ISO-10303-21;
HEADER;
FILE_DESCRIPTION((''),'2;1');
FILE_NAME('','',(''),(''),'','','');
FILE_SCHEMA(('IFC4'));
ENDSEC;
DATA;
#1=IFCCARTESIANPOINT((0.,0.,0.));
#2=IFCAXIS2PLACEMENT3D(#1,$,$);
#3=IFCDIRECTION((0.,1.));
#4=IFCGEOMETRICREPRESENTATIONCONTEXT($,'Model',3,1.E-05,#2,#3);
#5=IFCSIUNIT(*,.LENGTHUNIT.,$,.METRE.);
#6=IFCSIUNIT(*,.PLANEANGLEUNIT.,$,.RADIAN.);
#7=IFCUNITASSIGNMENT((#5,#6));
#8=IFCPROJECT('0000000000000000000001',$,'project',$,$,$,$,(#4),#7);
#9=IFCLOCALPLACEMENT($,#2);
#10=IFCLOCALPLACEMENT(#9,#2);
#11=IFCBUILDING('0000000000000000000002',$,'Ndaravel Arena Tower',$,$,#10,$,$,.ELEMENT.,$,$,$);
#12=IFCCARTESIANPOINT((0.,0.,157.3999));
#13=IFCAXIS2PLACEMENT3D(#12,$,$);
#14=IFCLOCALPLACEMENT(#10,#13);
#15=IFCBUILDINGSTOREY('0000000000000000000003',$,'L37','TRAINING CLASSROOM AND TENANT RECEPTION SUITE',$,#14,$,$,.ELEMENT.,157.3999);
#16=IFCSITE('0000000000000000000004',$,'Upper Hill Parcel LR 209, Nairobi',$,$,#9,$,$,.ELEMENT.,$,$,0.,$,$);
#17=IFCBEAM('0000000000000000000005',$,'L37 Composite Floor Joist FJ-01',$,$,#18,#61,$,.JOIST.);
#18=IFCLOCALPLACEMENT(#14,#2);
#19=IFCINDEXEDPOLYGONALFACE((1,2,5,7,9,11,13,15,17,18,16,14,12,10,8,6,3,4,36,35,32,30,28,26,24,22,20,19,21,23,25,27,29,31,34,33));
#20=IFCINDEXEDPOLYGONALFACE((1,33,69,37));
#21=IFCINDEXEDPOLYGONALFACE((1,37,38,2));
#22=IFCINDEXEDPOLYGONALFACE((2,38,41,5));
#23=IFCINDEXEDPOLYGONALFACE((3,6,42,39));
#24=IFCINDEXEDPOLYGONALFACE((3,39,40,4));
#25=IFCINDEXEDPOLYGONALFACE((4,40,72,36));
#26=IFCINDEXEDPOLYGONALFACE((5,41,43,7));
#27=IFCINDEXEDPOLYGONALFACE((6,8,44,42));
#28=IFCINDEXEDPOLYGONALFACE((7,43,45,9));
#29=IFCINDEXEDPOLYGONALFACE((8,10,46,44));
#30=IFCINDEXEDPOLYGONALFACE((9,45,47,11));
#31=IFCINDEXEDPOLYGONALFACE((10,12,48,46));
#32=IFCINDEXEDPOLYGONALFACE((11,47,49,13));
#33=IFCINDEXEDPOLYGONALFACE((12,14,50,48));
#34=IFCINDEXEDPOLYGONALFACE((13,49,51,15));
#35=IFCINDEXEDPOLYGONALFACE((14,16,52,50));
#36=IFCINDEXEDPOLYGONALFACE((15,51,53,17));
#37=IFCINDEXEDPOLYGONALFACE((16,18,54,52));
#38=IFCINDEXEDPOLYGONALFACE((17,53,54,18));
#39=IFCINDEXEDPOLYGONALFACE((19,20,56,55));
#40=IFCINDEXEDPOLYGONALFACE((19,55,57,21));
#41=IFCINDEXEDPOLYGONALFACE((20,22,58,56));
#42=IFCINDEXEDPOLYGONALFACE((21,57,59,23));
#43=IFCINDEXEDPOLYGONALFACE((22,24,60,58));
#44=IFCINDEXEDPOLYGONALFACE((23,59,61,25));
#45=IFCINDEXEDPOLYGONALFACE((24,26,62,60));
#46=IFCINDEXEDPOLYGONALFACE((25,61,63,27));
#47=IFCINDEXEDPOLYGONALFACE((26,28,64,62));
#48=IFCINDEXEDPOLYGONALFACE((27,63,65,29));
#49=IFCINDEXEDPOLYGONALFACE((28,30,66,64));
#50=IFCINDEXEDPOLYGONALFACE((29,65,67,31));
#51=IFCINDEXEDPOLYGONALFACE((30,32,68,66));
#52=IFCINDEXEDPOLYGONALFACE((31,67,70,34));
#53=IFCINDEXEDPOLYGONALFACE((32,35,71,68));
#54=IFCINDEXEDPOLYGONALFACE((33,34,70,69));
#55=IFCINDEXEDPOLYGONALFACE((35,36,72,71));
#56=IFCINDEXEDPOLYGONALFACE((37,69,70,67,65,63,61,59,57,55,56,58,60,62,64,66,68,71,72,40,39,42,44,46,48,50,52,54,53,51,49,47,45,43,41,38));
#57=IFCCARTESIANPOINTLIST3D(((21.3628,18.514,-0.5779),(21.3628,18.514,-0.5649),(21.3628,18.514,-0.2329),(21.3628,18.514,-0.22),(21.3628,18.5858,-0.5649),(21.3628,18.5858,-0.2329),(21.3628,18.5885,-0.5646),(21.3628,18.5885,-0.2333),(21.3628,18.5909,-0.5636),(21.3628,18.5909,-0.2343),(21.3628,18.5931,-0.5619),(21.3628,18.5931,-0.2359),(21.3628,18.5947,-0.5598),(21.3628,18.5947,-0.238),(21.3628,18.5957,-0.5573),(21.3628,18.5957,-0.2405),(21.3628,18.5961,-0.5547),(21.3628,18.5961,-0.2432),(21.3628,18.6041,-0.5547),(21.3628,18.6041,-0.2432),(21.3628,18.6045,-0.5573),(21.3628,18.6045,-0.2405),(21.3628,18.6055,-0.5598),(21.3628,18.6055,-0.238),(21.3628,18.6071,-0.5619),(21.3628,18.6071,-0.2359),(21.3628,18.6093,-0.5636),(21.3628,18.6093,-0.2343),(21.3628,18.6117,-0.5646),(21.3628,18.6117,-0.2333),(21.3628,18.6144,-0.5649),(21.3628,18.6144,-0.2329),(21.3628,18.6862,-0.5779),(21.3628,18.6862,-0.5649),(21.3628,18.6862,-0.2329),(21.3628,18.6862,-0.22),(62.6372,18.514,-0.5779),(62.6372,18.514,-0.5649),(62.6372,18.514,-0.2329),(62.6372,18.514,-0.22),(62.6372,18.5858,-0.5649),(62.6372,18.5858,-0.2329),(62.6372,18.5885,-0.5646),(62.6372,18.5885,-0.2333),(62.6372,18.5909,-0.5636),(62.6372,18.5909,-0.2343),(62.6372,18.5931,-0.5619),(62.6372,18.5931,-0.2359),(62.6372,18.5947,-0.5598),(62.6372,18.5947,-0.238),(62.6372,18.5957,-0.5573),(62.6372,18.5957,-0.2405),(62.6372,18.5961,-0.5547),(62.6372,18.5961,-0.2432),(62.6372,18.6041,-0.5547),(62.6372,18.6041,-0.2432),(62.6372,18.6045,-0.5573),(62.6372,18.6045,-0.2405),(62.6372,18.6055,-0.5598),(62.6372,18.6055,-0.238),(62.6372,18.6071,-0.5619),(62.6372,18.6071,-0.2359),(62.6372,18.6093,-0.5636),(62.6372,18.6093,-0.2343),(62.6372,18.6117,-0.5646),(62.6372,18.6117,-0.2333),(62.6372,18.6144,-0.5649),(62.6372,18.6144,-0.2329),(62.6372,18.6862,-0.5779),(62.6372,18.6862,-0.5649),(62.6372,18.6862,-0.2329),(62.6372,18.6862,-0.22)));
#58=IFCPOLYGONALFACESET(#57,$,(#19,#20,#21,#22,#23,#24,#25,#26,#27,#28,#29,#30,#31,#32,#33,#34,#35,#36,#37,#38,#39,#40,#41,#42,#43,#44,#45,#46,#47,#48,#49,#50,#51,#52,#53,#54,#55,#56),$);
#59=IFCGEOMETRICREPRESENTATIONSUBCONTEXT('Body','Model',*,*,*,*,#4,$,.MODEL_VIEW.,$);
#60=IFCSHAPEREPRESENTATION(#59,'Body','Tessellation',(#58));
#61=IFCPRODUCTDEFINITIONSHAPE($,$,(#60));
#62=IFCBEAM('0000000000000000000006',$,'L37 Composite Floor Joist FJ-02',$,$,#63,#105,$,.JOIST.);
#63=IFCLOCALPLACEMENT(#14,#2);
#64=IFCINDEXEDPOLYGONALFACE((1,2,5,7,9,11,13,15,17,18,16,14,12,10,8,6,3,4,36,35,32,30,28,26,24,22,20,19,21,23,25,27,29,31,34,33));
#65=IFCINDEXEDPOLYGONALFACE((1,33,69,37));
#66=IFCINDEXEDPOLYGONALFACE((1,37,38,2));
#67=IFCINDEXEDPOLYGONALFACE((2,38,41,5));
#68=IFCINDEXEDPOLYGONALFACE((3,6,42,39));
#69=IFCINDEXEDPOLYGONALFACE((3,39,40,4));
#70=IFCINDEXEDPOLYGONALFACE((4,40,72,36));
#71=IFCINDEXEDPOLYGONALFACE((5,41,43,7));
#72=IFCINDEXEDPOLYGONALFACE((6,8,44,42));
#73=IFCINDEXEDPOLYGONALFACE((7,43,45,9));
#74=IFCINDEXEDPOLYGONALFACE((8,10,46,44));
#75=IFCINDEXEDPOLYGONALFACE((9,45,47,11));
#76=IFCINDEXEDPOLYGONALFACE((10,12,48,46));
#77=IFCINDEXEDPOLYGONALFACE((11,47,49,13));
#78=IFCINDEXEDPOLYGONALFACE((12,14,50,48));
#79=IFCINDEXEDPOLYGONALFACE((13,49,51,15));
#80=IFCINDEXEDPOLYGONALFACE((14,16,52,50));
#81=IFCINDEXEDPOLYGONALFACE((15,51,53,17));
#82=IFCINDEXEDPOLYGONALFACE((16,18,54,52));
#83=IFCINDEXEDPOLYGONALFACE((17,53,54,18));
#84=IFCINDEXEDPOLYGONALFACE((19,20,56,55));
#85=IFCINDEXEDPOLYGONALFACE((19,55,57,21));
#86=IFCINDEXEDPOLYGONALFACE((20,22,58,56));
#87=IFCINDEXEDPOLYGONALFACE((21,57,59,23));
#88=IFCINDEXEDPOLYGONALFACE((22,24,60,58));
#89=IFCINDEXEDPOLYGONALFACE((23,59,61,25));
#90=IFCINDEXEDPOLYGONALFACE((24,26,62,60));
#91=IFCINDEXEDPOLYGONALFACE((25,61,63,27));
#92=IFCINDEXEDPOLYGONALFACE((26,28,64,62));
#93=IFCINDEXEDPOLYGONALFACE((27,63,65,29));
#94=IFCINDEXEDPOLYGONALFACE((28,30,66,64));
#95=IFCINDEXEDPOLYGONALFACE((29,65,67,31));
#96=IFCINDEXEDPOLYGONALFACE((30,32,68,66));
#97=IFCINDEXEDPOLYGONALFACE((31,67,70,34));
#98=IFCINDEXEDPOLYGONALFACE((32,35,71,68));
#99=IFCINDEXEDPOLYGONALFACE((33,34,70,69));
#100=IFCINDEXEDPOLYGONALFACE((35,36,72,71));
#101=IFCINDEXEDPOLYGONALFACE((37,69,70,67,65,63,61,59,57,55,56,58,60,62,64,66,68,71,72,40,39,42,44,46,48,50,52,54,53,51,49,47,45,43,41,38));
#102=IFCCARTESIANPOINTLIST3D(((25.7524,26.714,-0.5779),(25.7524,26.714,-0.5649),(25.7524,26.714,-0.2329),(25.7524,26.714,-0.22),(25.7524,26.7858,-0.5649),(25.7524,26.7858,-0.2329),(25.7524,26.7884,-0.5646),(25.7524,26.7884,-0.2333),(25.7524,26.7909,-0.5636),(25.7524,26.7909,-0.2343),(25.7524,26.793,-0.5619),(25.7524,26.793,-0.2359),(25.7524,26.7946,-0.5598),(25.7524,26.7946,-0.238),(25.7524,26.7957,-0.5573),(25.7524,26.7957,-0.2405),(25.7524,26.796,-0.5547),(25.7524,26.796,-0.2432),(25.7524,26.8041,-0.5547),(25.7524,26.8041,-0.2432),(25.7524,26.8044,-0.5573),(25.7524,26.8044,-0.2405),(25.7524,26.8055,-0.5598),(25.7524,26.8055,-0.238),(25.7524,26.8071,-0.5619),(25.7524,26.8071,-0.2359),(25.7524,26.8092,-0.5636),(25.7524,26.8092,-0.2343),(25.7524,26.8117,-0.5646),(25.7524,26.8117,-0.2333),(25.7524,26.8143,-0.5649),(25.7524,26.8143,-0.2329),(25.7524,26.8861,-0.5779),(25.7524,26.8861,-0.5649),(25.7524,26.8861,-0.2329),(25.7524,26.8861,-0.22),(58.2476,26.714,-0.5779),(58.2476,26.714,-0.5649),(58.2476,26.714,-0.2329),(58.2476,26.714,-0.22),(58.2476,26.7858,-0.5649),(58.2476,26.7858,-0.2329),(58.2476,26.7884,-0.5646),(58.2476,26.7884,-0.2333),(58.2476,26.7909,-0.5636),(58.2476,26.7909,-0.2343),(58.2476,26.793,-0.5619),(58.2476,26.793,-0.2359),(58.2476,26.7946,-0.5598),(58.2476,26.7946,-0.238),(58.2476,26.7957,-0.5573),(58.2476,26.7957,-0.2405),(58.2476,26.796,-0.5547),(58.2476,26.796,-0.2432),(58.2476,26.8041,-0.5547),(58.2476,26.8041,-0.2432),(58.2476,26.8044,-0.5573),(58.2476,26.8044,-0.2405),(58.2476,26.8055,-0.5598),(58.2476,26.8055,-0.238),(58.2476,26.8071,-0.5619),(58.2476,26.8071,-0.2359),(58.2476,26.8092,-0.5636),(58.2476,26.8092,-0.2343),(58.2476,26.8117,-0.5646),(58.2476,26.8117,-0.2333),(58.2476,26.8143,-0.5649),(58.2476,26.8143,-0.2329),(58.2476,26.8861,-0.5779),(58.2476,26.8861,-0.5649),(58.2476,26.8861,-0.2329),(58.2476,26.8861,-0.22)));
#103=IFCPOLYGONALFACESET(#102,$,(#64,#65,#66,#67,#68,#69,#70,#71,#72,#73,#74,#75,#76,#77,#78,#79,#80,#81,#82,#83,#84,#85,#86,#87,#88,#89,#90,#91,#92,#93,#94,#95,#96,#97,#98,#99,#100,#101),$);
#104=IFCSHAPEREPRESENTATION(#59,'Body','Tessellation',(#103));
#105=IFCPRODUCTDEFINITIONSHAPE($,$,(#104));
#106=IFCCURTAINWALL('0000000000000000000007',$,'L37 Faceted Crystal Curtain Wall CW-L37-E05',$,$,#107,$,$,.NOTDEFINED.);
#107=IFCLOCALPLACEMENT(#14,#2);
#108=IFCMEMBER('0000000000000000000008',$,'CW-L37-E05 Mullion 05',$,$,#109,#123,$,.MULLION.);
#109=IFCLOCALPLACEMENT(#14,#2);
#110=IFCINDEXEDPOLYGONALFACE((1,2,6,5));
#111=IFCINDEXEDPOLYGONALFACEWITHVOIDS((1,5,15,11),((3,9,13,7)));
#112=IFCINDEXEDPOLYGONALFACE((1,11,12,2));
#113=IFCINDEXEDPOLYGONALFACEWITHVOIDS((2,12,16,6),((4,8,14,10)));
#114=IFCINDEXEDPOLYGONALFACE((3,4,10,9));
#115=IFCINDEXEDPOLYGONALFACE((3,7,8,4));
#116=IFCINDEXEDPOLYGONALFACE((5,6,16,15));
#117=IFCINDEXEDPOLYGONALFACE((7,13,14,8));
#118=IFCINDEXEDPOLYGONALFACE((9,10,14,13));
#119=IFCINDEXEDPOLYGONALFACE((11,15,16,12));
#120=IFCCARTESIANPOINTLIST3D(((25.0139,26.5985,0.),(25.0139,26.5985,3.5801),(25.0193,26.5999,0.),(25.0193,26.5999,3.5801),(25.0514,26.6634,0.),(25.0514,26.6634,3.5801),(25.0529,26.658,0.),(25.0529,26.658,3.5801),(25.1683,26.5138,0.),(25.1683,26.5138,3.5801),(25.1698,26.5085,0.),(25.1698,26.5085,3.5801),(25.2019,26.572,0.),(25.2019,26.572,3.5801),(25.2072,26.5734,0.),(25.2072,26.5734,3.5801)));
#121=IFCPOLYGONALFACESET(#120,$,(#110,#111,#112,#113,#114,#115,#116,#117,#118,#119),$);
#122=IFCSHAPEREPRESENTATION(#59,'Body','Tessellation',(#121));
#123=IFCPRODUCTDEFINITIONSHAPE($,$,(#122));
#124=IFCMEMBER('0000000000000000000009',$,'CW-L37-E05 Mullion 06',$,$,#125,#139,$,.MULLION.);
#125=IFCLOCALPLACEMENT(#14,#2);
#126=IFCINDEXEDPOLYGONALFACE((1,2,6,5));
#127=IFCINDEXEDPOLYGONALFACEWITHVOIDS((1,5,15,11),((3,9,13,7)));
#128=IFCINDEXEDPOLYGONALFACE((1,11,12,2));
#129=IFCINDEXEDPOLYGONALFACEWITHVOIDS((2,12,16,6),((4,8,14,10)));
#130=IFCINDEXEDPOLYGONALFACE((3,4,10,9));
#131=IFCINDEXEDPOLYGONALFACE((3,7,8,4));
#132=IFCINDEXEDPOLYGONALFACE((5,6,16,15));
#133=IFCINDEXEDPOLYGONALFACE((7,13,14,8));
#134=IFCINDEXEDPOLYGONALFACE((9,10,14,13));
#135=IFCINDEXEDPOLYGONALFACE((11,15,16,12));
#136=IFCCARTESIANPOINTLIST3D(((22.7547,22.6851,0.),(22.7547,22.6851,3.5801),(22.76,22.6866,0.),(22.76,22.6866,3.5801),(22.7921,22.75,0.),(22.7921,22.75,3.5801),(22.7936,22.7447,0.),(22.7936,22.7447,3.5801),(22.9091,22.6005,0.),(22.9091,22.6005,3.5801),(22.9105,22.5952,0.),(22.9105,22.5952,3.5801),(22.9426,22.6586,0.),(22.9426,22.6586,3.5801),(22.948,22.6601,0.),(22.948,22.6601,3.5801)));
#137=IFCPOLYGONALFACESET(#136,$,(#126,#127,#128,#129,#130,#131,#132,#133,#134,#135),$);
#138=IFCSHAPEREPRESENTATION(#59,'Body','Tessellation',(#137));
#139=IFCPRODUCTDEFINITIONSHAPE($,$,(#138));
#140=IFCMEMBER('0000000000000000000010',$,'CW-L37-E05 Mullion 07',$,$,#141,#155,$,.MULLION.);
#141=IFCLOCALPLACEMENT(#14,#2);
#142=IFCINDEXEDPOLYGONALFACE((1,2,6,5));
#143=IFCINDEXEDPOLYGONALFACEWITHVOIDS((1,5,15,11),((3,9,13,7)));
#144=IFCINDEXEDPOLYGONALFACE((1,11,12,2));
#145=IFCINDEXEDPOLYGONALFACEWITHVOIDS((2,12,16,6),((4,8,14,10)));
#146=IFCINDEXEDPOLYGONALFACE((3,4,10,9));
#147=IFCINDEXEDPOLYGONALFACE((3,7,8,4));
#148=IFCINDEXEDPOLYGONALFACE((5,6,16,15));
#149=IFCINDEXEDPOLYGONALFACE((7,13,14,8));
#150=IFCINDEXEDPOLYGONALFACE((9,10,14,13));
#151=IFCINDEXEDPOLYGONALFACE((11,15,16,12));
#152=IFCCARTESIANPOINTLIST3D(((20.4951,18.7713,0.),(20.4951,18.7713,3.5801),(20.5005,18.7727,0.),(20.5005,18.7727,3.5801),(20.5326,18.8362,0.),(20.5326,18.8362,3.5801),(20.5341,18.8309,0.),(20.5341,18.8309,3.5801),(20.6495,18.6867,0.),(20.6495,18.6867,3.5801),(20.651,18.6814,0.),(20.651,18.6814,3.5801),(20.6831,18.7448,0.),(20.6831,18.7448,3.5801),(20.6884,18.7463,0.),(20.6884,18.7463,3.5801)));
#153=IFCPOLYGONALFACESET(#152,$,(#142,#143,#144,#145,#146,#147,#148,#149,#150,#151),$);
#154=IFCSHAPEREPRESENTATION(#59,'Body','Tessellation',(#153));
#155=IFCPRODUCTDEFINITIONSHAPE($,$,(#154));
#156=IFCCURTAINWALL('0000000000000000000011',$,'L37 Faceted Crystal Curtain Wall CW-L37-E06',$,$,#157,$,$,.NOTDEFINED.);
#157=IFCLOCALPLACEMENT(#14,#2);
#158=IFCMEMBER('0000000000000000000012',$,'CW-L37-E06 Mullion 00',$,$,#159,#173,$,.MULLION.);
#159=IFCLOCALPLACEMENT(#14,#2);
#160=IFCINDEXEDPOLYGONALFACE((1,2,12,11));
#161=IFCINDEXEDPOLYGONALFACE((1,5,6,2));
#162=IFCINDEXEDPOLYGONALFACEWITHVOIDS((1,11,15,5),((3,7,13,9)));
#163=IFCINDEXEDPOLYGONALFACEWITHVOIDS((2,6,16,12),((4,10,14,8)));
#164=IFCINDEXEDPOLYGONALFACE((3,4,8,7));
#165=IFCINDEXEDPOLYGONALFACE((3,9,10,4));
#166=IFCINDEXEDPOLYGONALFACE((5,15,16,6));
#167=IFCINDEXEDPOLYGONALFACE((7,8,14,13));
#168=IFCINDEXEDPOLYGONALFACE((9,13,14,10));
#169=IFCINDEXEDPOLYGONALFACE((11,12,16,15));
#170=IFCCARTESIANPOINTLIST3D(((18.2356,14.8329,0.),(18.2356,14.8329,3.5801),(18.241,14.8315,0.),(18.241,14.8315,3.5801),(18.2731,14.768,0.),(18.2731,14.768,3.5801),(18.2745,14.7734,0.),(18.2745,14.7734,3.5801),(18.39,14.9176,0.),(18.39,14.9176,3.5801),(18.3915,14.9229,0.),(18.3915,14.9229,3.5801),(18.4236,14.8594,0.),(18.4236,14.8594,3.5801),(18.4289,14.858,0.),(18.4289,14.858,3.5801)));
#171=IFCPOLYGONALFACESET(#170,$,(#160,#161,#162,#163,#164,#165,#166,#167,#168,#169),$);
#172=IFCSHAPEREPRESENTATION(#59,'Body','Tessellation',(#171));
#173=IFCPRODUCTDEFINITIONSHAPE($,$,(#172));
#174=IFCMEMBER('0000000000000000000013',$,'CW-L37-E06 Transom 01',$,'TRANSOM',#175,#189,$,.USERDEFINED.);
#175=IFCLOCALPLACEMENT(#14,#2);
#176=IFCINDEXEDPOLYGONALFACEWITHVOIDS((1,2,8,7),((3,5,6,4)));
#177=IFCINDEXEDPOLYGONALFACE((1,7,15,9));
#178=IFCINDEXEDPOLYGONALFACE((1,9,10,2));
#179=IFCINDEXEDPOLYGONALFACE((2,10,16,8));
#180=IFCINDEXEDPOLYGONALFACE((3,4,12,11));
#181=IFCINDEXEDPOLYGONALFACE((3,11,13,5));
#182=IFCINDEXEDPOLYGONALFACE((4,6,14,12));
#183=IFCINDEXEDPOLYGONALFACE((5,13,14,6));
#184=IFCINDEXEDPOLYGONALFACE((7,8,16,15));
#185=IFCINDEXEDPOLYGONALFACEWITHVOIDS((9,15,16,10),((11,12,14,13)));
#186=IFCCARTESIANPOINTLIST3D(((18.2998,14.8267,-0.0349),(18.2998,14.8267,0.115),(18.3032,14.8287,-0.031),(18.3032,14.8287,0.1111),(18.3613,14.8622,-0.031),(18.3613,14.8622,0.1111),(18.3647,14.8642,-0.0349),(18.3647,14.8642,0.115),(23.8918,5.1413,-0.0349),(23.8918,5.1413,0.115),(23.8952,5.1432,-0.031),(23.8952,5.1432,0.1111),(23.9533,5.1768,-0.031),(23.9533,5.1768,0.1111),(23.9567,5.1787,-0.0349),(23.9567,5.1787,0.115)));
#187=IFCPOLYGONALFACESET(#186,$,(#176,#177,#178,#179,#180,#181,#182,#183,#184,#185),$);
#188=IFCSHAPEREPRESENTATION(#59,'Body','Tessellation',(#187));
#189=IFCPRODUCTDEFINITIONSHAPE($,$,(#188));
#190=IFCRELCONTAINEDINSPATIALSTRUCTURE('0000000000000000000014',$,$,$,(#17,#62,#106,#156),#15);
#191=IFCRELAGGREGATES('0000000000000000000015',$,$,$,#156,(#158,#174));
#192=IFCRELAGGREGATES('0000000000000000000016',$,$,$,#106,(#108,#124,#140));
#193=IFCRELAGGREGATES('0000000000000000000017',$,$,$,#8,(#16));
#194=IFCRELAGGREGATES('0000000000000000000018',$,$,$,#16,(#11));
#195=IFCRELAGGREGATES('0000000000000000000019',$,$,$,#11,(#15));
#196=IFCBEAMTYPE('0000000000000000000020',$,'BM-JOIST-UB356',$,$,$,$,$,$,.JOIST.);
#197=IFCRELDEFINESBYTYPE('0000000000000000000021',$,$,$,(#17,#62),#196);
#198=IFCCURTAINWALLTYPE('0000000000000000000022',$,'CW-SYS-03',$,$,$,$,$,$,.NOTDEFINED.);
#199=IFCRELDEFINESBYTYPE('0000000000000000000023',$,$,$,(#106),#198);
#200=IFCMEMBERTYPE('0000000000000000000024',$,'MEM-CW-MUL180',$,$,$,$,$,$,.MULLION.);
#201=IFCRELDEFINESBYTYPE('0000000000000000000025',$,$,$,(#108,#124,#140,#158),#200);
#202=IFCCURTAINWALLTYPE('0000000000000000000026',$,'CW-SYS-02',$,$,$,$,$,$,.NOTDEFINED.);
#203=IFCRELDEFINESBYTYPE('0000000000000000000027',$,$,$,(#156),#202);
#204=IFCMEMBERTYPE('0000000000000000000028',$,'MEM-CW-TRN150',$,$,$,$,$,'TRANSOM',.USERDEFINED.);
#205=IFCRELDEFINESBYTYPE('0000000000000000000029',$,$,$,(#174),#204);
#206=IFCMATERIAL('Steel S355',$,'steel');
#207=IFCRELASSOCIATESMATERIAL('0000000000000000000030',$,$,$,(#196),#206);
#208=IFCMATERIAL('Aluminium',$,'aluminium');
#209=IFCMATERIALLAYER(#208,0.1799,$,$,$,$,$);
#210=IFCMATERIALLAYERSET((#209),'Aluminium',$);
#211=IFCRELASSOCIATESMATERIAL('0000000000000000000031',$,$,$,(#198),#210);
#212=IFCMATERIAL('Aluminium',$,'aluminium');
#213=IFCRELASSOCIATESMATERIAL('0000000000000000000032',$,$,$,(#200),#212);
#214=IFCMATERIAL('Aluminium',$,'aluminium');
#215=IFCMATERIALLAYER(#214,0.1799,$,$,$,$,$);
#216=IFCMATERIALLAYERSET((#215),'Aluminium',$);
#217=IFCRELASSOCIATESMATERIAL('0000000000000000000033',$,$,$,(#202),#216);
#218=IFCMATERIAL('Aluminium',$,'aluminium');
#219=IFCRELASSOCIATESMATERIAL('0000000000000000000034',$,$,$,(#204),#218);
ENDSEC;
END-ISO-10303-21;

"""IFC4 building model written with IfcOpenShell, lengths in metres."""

from ifc_helpers import new_model, si_unit, direction, frame, origin, origin_2d, place, context, subcontext, project, spatial, hollow_rectangle, i_section, extrude, material, layer, layer_set, material_profile, profile_set, type_object, element, aggregate, save


model = new_model("IFC4")

# Units and contexts
model_context = context("Model", 3, precision=1e-05, world=origin(), true_north=direction((0.0, 1.0)))
body_context = subcontext(model_context, "Body", "Model", "MODEL_VIEW")
ifc_project = project(units=[si_unit("LENGTHUNIT", "METRE"), si_unit("PLANEANGLEUNIT", "RADIAN")], contexts=[model_context])

# Site, building, storey
site_placement = place(None, origin())
site = spatial("IfcSite", under=ifc_project, at=site_placement, Name="Upper Hill Parcel LR 209, Nairobi", CompositionType="ELEMENT", RefElevation=0.0)
building_placement = place(site_placement, origin())
building = spatial("IfcBuilding", under=site, at=building_placement, Name="Ndaravel Arena Tower", CompositionType="ELEMENT")
storey_placement = place(building_placement, frame((0.0, 0.0, 157.3999)))
storey = spatial("IfcBuildingStorey", under=building, at=storey_placement, Name="L37", Description="TRAINING CLASSROOM AND TENANT RECEPTION SUITE", CompositionType="ELEMENT", Elevation=157.3999)

# Beams
ifc_material_1 = material(Name="Steel S355", Category="steel")
ifc_material_profile_1 = material_profile(ifc_material_1, i_section(OverallWidth=0.1721, OverallDepth=0.3579, WebThickness=0.0081, FlangeThickness=0.0129, FilletRadius=0.0103, at=origin_2d()), Name="UB 356x171x57")
ifc_profile_set_1 = profile_set([ifc_material_profile_1], Name="Steel S355")
beam_type = type_object("IfcBeamType", Name="BM-JOIST-UB356", PredefinedType="JOIST", material=ifc_profile_set_1)
beam_1_placement = place(storey_placement, frame((21.3628, 18.6001, -0.3989), z_axis=(1.0, 0.0, 0.0), x_axis=(0.0, 1.0, 0.0)))
element("IfcBeam", 1, at=beam_1_placement, inside=storey, type_object=beam_type, Name="L37 Composite Floor Joist FJ-01", PredefinedType="JOIST", context=body_context, shape_type="SweptSolid", body=[
    extrude(i_section(OverallWidth=0.1721, OverallDepth=0.3579, WebThickness=0.0081, FlangeThickness=0.0129, FilletRadius=0.0103, at=origin_2d()), origin(), (0.0, 0.0, 1.0), 41.2744),
])
beam_2_placement = place(storey_placement, frame((25.7524, 26.8, -0.3989), z_axis=(1.0, 0.0, 0.0), x_axis=(0.0, 1.0, 0.0)))
element("IfcBeam", 2, at=beam_2_placement, inside=storey, type_object=beam_type, Name="L37 Composite Floor Joist FJ-02", PredefinedType="JOIST", context=body_context, shape_type="SweptSolid", body=[
    extrude(i_section(OverallWidth=0.1721, OverallDepth=0.3579, WebThickness=0.0081, FlangeThickness=0.0129, FilletRadius=0.0103, at=origin_2d()), origin(), (0.0, 0.0, 1.0), 32.4951),
])

# Curtain walls, members
ifc_material_2 = material(Name="Aluminium", Category="aluminium")
ifc_layer_1 = layer(ifc_material_2, 0.1799)
ifc_layer_set_1 = layer_set([ifc_layer_1], Name="Aluminium")
curtain_wall_type_1 = type_object("IfcCurtainWallType", Name="CW-SYS-03", PredefinedType="NOTDEFINED", material=ifc_layer_set_1)
curtain_wall_1_placement = place(storey_placement, origin())
curtain_wall_1 = element("IfcCurtainWall", 3, at=curtain_wall_1_placement, inside=storey, type_object=curtain_wall_type_1, Name="L37 Faceted Crystal Curtain Wall CW-L37-E05", PredefinedType="NOTDEFINED")
ifc_material_3 = material(Name="Aluminium", Category="aluminium")
ifc_material_profile_2 = material_profile(ifc_material_3, hollow_rectangle(XDim=0.075, YDim=0.1799, WallThickness=0.0039, at=origin_2d()), Name="CW MULLION 75x180x4")
ifc_profile_set_2 = profile_set([ifc_material_profile_2], Name="Aluminium")
member_type_1 = type_object("IfcMemberType", Name="MEM-CW-MUL180", PredefinedType="MULLION", material=ifc_profile_set_2)
member_1_placement = place(storey_placement, frame((25.1106, 26.5859, 0.0), z_axis=(0.0, 0.0, 1.0), x_axis=(-0.5, -0.866025, 0.0)))
member_1 = element("IfcMember", 4, at=member_1_placement, type_object=member_type_1, Name="CW-L37-E05 Mullion 05", PredefinedType="MULLION", context=body_context, shape_type="SweptSolid", body=[
    extrude(hollow_rectangle(XDim=0.075, YDim=0.1799, WallThickness=0.0039, at=origin_2d()), origin(), (0.0, 0.0, 1.0), 3.5801),
])
member_2_placement = place(storey_placement, frame((22.8513, 22.6726, 0.0), z_axis=(0.0, 0.0, 1.0), x_axis=(-0.5, -0.866025, 0.0)))
member_2 = element("IfcMember", 5, at=member_2_placement, type_object=member_type_1, Name="CW-L37-E05 Mullion 06", PredefinedType="MULLION", context=body_context, shape_type="SweptSolid", body=[
    extrude(hollow_rectangle(XDim=0.075, YDim=0.1799, WallThickness=0.0039, at=origin_2d()), origin(), (0.0, 0.0, 1.0), 3.5801),
])
member_3_placement = place(storey_placement, frame((20.5918, 18.7588, 0.0), z_axis=(0.0, 0.0, 1.0), x_axis=(-0.5, -0.866025, 0.0)))
member_3 = element("IfcMember", 6, at=member_3_placement, type_object=member_type_1, Name="CW-L37-E05 Mullion 07", PredefinedType="MULLION", context=body_context, shape_type="SweptSolid", body=[
    extrude(hollow_rectangle(XDim=0.075, YDim=0.1799, WallThickness=0.0039, at=origin_2d()), origin(), (0.0, 0.0, 1.0), 3.5801),
])
ifc_material_4 = material(Name="Aluminium", Category="aluminium")
ifc_layer_2 = layer(ifc_material_4, 0.1799)
ifc_layer_set_2 = layer_set([ifc_layer_2], Name="Aluminium")
curtain_wall_type_2 = type_object("IfcCurtainWallType", Name="CW-SYS-02", PredefinedType="NOTDEFINED", material=ifc_layer_set_2)
curtain_wall_2_placement = place(storey_placement, origin())
curtain_wall_2 = element("IfcCurtainWall", 7, at=curtain_wall_2_placement, inside=storey, type_object=curtain_wall_type_2, Name="L37 Faceted Crystal Curtain Wall CW-L37-E06", PredefinedType="NOTDEFINED")
member_4_placement = place(storey_placement, frame((18.3323, 14.8455, 0.0), z_axis=(0.0, 0.0, 1.0), x_axis=(0.5, -0.866025, 0.0)))
member_4 = element("IfcMember", 8, at=member_4_placement, type_object=member_type_1, Name="CW-L37-E06 Mullion 00", PredefinedType="MULLION", context=body_context, shape_type="SweptSolid", body=[
    extrude(hollow_rectangle(XDim=0.075, YDim=0.1799, WallThickness=0.0039, at=origin_2d()), origin(), (0.0, 0.0, 1.0), 3.5801),
])
ifc_material_5 = material(Name="Aluminium", Category="aluminium")
ifc_material_profile_3 = material_profile(ifc_material_5, hollow_rectangle(XDim=0.075, YDim=0.1499, WallThickness=0.0039, at=origin_2d()), Name="CW TRANSOM 75x150x4")
ifc_profile_set_3 = profile_set([ifc_material_profile_3], Name="Aluminium")
member_type_2 = type_object("IfcMemberType", Name="MEM-CW-TRN150", ElementType="TRANSOM", PredefinedType="USERDEFINED", material=ifc_profile_set_3)
member_5_placement = place(storey_placement, frame((18.3323, 14.8455, 0.04), z_axis=(0.500006, -0.866022, 0.0), x_axis=(0.866022, 0.500006, 0.0)))
member_5 = element("IfcMember", 9, at=member_5_placement, type_object=member_type_2, Name="CW-L37-E06 Transom 01", ObjectType="TRANSOM", PredefinedType="USERDEFINED", context=body_context, shape_type="SweptSolid", body=[
    extrude(hollow_rectangle(XDim=0.075, YDim=0.1499, WallThickness=0.0039, at=origin_2d()), origin(), (0.0, 0.0, 1.0), 11.1838),
])
aggregate(curtain_wall_2, [member_4, member_5])

aggregate(curtain_wall_1, [member_1, member_2, member_3])

save(model, "model.ifc")
